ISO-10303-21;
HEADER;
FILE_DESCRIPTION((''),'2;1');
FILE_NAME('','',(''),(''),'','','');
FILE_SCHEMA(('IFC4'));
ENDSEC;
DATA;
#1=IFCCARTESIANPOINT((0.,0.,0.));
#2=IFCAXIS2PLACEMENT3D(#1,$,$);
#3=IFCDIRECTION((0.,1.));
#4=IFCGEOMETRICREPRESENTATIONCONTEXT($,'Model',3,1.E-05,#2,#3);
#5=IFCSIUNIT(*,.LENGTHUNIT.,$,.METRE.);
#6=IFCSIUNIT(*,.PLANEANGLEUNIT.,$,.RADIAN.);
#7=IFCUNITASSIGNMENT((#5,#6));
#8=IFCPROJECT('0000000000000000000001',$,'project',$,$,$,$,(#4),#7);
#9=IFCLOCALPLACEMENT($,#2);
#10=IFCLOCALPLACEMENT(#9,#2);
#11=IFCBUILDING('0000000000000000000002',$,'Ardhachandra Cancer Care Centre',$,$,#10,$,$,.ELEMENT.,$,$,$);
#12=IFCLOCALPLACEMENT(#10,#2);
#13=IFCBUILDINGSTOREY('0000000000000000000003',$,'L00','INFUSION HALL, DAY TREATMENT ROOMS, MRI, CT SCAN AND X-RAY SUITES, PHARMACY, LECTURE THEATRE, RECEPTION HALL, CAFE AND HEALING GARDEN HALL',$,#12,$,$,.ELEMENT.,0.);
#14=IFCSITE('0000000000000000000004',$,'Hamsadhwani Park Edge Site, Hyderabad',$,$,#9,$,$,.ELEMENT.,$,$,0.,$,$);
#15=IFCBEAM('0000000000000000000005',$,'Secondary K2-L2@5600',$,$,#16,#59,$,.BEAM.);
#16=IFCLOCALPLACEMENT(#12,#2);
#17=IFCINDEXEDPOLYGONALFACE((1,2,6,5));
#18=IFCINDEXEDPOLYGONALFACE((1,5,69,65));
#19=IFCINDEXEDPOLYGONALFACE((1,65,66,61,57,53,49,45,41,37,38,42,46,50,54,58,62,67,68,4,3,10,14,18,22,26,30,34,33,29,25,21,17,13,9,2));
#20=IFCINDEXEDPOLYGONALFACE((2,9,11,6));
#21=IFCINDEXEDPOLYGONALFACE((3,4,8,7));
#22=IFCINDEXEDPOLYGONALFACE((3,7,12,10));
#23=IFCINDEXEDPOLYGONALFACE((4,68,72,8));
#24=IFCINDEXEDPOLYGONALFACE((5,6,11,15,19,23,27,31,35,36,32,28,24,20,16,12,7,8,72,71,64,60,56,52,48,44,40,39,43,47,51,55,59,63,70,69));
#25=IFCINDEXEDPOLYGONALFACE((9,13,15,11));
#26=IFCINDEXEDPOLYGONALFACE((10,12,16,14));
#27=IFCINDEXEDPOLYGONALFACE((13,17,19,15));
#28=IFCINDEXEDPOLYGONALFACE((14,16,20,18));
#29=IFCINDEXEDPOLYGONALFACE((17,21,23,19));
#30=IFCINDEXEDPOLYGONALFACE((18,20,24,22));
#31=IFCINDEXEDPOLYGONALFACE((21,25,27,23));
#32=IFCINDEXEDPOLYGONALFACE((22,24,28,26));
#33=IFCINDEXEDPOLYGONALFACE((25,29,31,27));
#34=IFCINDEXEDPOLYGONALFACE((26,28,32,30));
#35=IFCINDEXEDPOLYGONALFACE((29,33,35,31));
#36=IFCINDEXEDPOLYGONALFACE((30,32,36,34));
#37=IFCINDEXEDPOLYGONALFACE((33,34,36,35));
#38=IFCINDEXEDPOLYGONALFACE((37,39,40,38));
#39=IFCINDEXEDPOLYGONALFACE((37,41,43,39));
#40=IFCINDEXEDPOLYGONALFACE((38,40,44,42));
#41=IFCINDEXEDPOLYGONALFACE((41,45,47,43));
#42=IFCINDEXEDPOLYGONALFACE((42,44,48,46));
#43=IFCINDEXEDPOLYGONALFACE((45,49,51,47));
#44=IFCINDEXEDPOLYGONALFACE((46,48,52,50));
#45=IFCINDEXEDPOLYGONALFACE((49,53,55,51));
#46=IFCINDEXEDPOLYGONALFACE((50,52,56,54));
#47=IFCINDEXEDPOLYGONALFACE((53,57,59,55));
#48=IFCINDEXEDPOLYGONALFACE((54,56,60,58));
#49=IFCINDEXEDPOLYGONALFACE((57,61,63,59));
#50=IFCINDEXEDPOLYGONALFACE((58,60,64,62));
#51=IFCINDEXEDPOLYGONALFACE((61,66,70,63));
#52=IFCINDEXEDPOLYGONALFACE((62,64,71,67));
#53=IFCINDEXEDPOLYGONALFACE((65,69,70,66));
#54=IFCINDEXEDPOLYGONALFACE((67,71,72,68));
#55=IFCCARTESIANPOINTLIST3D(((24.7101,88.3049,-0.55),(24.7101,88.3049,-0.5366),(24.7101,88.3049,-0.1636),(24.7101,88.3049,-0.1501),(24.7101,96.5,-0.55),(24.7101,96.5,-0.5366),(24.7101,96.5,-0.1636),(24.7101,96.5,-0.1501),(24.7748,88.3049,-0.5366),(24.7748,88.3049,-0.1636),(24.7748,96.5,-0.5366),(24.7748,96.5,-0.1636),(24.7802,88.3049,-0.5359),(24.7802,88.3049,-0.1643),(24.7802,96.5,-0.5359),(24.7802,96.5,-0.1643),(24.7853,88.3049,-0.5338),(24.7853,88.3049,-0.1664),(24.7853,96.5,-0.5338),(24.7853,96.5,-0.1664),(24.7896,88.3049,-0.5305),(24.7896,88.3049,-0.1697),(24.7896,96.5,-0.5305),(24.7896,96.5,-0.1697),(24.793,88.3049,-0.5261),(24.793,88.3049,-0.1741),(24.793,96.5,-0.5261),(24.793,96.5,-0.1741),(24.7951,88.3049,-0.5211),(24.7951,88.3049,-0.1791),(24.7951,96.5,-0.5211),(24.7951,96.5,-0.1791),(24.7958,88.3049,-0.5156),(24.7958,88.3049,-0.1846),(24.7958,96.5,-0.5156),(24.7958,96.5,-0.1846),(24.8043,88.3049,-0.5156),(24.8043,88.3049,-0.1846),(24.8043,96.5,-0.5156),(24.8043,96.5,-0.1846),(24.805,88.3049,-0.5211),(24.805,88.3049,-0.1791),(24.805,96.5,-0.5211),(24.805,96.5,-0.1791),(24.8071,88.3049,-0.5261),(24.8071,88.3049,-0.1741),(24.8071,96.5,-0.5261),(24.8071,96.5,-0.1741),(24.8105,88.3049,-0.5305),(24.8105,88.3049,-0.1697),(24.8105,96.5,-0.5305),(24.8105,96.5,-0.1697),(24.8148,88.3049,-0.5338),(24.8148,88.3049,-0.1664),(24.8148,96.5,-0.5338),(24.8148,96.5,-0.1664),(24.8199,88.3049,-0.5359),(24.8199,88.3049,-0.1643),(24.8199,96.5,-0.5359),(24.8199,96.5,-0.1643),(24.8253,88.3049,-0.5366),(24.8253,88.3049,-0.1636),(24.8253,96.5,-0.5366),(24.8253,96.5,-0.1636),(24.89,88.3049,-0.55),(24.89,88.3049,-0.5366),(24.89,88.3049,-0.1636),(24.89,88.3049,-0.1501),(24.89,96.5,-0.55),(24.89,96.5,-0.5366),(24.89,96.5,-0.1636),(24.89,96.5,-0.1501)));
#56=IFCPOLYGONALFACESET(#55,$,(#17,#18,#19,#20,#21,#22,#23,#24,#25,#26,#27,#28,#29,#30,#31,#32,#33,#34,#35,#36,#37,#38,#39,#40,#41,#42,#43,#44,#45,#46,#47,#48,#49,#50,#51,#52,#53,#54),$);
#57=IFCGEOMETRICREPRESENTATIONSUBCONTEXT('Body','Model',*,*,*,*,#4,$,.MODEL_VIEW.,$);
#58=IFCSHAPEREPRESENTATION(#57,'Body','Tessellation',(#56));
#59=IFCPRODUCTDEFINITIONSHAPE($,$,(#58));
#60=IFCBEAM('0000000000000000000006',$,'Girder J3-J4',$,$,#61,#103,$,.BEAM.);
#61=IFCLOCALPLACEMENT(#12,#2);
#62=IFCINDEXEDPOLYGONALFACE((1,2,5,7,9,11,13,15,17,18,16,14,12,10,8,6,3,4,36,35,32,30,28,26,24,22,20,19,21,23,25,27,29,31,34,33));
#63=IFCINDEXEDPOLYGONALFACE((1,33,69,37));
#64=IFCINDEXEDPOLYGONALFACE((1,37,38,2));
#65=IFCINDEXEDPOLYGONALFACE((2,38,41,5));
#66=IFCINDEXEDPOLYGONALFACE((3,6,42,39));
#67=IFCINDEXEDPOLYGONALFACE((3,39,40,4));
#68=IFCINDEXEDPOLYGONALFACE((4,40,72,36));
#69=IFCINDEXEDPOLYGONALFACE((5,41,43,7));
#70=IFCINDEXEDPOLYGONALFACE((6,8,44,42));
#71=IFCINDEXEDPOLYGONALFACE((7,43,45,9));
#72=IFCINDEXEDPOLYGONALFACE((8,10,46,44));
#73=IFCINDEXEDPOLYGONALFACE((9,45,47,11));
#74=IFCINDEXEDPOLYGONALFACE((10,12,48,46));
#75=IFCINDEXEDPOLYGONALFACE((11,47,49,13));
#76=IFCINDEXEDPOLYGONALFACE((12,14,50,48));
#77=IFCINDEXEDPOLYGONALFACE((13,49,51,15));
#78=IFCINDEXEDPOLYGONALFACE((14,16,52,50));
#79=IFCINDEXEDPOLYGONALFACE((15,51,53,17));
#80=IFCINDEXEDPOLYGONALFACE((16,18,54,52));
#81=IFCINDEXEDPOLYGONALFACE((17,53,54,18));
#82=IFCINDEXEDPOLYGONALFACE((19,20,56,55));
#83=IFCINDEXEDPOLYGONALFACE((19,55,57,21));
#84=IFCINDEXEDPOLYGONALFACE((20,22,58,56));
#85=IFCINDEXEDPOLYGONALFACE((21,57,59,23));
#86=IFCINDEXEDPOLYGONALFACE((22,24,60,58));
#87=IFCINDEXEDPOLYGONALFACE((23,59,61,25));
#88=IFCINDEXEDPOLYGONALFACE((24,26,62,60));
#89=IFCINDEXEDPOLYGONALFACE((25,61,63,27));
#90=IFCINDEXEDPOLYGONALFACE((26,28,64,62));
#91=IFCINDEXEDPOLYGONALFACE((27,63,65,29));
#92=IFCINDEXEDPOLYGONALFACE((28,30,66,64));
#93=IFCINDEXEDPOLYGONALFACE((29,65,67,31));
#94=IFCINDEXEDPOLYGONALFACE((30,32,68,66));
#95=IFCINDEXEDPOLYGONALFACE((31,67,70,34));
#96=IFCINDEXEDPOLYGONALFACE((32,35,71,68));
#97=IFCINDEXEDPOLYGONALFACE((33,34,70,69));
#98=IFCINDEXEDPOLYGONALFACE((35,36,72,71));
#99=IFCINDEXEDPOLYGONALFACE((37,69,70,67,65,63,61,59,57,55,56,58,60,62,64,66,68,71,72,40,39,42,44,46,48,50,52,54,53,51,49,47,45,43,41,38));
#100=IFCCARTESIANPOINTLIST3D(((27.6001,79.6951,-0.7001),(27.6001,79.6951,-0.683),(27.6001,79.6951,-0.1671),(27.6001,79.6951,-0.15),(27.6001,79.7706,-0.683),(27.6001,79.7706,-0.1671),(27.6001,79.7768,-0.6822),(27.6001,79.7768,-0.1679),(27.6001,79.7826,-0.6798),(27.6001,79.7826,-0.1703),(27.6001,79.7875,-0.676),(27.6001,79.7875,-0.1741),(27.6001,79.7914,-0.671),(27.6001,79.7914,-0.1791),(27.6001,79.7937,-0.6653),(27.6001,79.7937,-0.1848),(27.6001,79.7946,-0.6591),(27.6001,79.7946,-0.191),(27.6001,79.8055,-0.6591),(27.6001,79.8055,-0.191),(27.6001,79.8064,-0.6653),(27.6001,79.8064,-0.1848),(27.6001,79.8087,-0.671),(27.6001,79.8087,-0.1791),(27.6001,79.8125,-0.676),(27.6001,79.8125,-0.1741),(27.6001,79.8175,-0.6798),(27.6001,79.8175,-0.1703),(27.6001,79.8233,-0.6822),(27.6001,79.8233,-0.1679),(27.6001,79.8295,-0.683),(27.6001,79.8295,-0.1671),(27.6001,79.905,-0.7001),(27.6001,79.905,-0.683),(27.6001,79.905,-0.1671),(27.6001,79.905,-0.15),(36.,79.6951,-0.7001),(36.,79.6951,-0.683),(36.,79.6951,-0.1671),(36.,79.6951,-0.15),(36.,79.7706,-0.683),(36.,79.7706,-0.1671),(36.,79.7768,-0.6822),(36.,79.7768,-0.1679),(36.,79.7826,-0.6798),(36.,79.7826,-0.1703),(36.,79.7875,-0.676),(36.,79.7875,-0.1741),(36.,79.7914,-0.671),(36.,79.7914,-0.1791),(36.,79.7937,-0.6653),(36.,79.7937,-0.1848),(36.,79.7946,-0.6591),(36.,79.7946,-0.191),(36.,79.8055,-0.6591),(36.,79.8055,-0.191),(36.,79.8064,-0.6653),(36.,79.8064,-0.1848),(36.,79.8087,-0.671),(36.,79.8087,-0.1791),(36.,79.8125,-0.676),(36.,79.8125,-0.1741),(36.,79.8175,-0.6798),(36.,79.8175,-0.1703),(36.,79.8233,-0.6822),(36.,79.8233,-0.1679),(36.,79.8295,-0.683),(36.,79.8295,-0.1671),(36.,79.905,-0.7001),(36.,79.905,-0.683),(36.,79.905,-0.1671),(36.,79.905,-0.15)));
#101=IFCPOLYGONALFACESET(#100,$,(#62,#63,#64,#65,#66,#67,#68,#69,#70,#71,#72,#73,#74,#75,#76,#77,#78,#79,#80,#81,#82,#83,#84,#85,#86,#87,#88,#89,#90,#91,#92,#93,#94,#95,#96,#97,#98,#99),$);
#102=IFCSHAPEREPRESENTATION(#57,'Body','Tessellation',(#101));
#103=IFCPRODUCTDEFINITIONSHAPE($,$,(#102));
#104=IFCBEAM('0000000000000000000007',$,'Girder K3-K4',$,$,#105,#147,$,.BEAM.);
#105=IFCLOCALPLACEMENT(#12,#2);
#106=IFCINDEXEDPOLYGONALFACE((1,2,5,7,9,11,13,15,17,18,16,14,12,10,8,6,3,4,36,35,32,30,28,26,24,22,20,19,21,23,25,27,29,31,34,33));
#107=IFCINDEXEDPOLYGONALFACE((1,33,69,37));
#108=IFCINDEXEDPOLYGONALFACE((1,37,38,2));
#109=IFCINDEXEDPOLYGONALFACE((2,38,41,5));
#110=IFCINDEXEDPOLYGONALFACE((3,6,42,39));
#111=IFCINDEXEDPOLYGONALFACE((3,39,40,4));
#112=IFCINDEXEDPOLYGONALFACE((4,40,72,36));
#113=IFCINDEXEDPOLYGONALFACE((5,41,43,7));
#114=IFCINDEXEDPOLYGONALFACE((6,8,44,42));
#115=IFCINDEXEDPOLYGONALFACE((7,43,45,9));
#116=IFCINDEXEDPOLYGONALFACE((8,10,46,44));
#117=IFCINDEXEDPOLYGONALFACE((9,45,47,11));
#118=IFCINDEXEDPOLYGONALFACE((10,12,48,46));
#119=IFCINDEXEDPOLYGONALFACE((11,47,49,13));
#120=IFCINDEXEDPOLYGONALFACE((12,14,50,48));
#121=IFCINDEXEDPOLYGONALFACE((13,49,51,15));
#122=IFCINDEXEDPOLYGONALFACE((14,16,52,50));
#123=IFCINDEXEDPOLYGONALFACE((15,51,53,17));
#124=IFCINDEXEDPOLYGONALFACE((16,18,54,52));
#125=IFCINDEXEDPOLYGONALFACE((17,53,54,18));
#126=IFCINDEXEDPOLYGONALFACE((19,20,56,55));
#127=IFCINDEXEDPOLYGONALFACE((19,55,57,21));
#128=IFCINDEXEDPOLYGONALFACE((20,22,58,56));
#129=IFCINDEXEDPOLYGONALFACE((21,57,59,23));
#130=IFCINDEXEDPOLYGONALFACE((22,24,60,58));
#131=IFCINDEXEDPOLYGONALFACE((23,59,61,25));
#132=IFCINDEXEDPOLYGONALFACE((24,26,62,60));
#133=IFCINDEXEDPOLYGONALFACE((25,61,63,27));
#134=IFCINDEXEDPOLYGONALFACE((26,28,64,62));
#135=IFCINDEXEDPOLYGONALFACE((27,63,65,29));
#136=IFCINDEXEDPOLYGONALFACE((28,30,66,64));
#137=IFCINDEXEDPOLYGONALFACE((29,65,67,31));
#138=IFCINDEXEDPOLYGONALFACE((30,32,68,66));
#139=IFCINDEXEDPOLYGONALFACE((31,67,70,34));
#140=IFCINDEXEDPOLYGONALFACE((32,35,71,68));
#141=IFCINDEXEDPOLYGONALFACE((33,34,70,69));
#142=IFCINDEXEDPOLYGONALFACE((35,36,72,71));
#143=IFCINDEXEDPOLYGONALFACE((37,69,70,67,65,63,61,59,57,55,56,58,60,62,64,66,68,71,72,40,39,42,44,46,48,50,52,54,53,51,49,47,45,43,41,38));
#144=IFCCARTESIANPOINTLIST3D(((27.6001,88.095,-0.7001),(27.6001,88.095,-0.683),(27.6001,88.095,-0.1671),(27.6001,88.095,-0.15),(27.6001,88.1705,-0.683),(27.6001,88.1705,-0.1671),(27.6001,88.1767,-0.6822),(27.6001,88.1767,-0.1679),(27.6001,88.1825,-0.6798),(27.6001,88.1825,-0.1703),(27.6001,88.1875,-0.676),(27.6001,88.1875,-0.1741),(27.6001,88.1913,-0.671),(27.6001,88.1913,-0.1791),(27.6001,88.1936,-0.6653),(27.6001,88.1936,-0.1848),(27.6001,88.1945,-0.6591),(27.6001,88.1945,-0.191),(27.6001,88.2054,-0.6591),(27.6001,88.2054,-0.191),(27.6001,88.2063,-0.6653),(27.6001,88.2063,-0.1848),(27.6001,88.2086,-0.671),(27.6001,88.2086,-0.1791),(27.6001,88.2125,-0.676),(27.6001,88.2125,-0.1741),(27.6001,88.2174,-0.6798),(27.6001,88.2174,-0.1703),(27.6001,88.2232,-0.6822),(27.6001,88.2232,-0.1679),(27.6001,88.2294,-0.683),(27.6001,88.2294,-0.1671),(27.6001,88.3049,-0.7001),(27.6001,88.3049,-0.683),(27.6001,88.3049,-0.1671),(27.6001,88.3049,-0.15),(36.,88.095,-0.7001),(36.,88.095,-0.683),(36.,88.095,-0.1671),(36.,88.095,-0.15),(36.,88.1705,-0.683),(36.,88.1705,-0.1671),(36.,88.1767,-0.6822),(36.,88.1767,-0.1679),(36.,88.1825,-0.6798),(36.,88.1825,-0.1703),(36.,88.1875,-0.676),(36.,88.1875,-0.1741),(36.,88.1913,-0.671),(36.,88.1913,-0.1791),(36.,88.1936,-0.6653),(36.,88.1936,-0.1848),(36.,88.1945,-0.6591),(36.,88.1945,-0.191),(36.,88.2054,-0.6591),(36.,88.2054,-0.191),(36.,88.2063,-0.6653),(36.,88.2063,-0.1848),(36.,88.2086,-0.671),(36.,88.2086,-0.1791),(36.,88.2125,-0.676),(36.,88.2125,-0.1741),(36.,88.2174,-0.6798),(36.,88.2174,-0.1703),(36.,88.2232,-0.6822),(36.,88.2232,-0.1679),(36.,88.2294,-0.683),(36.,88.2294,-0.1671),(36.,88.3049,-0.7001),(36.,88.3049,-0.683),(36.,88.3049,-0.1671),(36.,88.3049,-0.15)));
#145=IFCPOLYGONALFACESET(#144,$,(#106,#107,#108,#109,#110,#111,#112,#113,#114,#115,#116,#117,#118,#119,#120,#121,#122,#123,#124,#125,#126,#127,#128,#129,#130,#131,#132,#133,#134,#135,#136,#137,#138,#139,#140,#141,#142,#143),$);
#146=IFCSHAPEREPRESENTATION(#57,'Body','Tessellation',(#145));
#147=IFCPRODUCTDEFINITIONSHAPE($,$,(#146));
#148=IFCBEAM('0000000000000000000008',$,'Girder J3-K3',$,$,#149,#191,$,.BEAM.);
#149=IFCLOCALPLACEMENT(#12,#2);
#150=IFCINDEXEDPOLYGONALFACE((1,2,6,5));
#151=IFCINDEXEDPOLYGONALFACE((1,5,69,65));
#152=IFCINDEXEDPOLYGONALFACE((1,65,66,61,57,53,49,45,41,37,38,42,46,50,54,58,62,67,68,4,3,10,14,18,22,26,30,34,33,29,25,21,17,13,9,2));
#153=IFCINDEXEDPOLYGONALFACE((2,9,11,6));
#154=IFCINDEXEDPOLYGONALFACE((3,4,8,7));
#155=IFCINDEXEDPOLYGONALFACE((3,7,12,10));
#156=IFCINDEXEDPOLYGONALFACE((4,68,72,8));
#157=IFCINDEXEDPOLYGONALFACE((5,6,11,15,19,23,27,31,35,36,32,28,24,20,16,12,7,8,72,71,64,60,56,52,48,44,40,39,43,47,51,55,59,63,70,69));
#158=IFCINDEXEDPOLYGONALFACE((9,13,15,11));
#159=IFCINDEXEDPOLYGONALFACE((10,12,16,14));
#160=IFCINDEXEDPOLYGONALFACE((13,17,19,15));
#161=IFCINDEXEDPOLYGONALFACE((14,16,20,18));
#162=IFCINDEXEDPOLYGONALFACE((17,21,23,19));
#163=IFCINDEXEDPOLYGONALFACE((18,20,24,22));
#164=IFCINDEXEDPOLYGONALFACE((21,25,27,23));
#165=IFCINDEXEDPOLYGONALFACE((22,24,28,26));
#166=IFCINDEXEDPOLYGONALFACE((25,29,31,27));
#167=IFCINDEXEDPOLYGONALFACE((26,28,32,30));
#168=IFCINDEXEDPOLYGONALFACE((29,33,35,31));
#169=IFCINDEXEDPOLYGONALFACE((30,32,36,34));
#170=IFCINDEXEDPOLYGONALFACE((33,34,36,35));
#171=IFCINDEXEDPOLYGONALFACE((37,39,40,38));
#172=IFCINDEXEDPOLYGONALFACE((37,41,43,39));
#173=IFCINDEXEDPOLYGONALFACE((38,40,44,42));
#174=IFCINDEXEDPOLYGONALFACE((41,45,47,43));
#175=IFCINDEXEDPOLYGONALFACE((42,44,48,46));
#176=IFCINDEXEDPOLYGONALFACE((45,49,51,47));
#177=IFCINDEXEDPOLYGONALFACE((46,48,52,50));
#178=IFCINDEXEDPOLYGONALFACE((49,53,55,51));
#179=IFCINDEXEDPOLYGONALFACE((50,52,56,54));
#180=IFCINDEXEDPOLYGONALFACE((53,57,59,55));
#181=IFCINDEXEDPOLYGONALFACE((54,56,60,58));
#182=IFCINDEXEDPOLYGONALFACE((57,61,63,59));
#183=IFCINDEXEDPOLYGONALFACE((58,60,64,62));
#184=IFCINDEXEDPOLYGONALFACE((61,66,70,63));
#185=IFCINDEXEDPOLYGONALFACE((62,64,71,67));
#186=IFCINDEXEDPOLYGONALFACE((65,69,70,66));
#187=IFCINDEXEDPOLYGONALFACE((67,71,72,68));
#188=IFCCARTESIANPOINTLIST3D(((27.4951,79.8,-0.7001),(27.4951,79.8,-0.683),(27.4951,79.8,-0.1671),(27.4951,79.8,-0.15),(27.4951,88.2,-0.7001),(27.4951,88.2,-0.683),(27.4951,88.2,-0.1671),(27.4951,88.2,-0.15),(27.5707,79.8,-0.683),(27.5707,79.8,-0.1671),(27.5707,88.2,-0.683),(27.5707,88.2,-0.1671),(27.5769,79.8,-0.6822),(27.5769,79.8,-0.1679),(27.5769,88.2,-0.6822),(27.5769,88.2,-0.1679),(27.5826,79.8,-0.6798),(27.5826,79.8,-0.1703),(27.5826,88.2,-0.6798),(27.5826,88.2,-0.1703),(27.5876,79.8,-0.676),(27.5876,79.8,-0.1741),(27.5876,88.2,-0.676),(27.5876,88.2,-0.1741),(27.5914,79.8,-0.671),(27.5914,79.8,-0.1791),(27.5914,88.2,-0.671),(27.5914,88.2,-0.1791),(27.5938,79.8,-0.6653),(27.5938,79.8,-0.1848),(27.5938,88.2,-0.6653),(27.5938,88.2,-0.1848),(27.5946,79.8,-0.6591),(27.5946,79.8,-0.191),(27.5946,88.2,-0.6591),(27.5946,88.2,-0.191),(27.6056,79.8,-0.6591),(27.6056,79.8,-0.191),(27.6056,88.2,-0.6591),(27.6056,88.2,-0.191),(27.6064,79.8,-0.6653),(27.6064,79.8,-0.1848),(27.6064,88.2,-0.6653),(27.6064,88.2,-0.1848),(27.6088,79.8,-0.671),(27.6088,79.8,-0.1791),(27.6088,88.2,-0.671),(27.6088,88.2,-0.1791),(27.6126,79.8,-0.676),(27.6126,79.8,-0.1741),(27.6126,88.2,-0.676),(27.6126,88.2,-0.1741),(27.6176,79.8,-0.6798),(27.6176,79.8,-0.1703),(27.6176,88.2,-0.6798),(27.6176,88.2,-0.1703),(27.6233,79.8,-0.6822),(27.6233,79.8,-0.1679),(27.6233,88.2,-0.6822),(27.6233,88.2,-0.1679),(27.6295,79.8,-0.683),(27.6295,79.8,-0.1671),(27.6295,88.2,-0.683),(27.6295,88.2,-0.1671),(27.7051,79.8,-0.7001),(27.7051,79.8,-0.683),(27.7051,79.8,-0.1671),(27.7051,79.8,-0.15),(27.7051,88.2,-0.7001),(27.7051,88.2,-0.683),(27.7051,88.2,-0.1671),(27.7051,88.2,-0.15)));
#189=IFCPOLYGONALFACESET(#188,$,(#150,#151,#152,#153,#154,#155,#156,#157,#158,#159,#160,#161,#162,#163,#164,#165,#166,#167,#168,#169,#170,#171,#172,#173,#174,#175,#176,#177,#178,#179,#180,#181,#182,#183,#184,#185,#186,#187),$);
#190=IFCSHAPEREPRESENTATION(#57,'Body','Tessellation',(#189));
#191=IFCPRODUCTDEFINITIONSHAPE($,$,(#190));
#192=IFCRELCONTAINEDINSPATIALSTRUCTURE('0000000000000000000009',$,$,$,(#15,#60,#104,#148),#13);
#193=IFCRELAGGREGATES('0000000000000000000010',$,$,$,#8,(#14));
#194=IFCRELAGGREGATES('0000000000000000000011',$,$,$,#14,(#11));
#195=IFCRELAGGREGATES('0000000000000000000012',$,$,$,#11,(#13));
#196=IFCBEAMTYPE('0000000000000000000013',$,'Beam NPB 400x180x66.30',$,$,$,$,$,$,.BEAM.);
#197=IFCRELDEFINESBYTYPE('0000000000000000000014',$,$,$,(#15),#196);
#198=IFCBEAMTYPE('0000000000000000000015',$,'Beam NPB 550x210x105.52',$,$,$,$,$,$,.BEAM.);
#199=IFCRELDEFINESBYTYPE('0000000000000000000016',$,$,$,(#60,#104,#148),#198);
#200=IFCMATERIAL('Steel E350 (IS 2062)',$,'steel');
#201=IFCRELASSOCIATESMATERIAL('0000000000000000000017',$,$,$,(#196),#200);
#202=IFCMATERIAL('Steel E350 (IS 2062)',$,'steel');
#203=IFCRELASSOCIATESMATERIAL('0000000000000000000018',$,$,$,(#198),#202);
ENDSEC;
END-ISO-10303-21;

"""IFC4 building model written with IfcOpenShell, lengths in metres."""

from ifc_helpers import new_model, si_unit, direction, frame, origin, origin_2d, place, context, subcontext, project, spatial, i_section, extrude, material, material_profile, profile_set, type_object, element, save


model = new_model("IFC4")

# Units and contexts
model_context = context("Model", 3, precision=1e-05, world=origin(), true_north=direction((0.0, 1.0)))
body_context = subcontext(model_context, "Body", "Model", "MODEL_VIEW")
ifc_project = project(units=[si_unit("LENGTHUNIT", "METRE"), si_unit("PLANEANGLEUNIT", "RADIAN")], contexts=[model_context])

# Site, building, storey
site_placement = place(None, origin())
site = spatial("IfcSite", under=ifc_project, at=site_placement, Name="Hamsadhwani Park Edge Site, Hyderabad", CompositionType="ELEMENT", RefElevation=0.0)
building_placement = place(site_placement, origin())
building = spatial("IfcBuilding", under=site, at=building_placement, Name="Ardhachandra Cancer Care Centre", CompositionType="ELEMENT")
storey_placement = place(building_placement, origin())
storey = spatial("IfcBuildingStorey", under=building, at=storey_placement, Name="L00", Description="INFUSION HALL, DAY TREATMENT ROOMS, MRI, CT SCAN AND X-RAY SUITES, PHARMACY, LECTURE THEATRE, RECEPTION HALL, CAFE AND HEALING GARDEN HALL", CompositionType="ELEMENT", Elevation=0.0)

# Beams
ifc_material_1 = material(Name="Steel E350 (IS 2062)", Category="steel")
ifc_material_profile_1 = material_profile(ifc_material_1, i_section(OverallWidth=0.1799, OverallDepth=0.3999, WebThickness=0.0085, FlangeThickness=0.0134, FilletRadius=0.021, at=origin_2d()), Name="NPB 400x180x66.30")
ifc_profile_set_1 = profile_set([ifc_material_profile_1], Name="Steel E350 (IS 2062)")
beam_type_1 = type_object("IfcBeamType", Name="Beam NPB 400x180x66.30", PredefinedType="BEAM", material=ifc_profile_set_1)
beam_1_placement = place(storey_placement, frame((24.8, 88.3049, -0.3501), z_axis=(0.0, 1.0, 0.0), x_axis=(-1.0, 0.0, 0.0)))
element("IfcBeam", 1, at=beam_1_placement, inside=storey, type_object=beam_type_1, Name="Secondary K2-L2@5600", PredefinedType="BEAM", context=body_context, shape_type="SweptSolid", body=[
    extrude(i_section(OverallWidth=0.1799, OverallDepth=0.3999, WebThickness=0.0085, FlangeThickness=0.0134, FilletRadius=0.021, at=origin_2d()), origin(), (0.0, 0.0, 1.0), 8.1951),
])
ifc_material_2 = material(Name="Steel E350 (IS 2062)", Category="steel")
ifc_material_profile_2 = material_profile(ifc_material_2, i_section(OverallWidth=0.21, OverallDepth=0.55, WebThickness=0.011, FlangeThickness=0.0171, FilletRadius=0.0239, at=origin_2d()), Name="NPB 550x210x105.52")
ifc_profile_set_2 = profile_set([ifc_material_profile_2], Name="Steel E350 (IS 2062)")
beam_type_2 = type_object("IfcBeamType", Name="Beam NPB 550x210x105.52", PredefinedType="BEAM", material=ifc_profile_set_2)
for number, where, z_axis, x_axis, name in (
    (2, (27.6001, 79.8, -0.425), (1.0, 0.0, 0.0), (0.0, 1.0, 0.0), "Girder J3-J4"),
    (3, (27.6001, 88.2, -0.425), (1.0, 0.0, 0.0), (0.0, 1.0, 0.0), "Girder K3-K4"),
    (4, (27.6001, 79.8, -0.425), (0.0, 1.0, 0.0), (-1.0, 0.0, 0.0), "Girder J3-K3"),
):
    element("IfcBeam", number, at=place(storey_placement, frame(where, z_axis=z_axis, x_axis=x_axis)), inside=storey, type_object=beam_type_2, Name=name, PredefinedType="BEAM", context=body_context, shape_type="SweptSolid", body=[
        extrude(i_section(OverallWidth=0.21, OverallDepth=0.55, WebThickness=0.011, FlangeThickness=0.0171, FilletRadius=0.0239, at=origin_2d()), origin(), (0.0, 0.0, 1.0), 8.3999),
    ])

save(model, "model.ifc")
